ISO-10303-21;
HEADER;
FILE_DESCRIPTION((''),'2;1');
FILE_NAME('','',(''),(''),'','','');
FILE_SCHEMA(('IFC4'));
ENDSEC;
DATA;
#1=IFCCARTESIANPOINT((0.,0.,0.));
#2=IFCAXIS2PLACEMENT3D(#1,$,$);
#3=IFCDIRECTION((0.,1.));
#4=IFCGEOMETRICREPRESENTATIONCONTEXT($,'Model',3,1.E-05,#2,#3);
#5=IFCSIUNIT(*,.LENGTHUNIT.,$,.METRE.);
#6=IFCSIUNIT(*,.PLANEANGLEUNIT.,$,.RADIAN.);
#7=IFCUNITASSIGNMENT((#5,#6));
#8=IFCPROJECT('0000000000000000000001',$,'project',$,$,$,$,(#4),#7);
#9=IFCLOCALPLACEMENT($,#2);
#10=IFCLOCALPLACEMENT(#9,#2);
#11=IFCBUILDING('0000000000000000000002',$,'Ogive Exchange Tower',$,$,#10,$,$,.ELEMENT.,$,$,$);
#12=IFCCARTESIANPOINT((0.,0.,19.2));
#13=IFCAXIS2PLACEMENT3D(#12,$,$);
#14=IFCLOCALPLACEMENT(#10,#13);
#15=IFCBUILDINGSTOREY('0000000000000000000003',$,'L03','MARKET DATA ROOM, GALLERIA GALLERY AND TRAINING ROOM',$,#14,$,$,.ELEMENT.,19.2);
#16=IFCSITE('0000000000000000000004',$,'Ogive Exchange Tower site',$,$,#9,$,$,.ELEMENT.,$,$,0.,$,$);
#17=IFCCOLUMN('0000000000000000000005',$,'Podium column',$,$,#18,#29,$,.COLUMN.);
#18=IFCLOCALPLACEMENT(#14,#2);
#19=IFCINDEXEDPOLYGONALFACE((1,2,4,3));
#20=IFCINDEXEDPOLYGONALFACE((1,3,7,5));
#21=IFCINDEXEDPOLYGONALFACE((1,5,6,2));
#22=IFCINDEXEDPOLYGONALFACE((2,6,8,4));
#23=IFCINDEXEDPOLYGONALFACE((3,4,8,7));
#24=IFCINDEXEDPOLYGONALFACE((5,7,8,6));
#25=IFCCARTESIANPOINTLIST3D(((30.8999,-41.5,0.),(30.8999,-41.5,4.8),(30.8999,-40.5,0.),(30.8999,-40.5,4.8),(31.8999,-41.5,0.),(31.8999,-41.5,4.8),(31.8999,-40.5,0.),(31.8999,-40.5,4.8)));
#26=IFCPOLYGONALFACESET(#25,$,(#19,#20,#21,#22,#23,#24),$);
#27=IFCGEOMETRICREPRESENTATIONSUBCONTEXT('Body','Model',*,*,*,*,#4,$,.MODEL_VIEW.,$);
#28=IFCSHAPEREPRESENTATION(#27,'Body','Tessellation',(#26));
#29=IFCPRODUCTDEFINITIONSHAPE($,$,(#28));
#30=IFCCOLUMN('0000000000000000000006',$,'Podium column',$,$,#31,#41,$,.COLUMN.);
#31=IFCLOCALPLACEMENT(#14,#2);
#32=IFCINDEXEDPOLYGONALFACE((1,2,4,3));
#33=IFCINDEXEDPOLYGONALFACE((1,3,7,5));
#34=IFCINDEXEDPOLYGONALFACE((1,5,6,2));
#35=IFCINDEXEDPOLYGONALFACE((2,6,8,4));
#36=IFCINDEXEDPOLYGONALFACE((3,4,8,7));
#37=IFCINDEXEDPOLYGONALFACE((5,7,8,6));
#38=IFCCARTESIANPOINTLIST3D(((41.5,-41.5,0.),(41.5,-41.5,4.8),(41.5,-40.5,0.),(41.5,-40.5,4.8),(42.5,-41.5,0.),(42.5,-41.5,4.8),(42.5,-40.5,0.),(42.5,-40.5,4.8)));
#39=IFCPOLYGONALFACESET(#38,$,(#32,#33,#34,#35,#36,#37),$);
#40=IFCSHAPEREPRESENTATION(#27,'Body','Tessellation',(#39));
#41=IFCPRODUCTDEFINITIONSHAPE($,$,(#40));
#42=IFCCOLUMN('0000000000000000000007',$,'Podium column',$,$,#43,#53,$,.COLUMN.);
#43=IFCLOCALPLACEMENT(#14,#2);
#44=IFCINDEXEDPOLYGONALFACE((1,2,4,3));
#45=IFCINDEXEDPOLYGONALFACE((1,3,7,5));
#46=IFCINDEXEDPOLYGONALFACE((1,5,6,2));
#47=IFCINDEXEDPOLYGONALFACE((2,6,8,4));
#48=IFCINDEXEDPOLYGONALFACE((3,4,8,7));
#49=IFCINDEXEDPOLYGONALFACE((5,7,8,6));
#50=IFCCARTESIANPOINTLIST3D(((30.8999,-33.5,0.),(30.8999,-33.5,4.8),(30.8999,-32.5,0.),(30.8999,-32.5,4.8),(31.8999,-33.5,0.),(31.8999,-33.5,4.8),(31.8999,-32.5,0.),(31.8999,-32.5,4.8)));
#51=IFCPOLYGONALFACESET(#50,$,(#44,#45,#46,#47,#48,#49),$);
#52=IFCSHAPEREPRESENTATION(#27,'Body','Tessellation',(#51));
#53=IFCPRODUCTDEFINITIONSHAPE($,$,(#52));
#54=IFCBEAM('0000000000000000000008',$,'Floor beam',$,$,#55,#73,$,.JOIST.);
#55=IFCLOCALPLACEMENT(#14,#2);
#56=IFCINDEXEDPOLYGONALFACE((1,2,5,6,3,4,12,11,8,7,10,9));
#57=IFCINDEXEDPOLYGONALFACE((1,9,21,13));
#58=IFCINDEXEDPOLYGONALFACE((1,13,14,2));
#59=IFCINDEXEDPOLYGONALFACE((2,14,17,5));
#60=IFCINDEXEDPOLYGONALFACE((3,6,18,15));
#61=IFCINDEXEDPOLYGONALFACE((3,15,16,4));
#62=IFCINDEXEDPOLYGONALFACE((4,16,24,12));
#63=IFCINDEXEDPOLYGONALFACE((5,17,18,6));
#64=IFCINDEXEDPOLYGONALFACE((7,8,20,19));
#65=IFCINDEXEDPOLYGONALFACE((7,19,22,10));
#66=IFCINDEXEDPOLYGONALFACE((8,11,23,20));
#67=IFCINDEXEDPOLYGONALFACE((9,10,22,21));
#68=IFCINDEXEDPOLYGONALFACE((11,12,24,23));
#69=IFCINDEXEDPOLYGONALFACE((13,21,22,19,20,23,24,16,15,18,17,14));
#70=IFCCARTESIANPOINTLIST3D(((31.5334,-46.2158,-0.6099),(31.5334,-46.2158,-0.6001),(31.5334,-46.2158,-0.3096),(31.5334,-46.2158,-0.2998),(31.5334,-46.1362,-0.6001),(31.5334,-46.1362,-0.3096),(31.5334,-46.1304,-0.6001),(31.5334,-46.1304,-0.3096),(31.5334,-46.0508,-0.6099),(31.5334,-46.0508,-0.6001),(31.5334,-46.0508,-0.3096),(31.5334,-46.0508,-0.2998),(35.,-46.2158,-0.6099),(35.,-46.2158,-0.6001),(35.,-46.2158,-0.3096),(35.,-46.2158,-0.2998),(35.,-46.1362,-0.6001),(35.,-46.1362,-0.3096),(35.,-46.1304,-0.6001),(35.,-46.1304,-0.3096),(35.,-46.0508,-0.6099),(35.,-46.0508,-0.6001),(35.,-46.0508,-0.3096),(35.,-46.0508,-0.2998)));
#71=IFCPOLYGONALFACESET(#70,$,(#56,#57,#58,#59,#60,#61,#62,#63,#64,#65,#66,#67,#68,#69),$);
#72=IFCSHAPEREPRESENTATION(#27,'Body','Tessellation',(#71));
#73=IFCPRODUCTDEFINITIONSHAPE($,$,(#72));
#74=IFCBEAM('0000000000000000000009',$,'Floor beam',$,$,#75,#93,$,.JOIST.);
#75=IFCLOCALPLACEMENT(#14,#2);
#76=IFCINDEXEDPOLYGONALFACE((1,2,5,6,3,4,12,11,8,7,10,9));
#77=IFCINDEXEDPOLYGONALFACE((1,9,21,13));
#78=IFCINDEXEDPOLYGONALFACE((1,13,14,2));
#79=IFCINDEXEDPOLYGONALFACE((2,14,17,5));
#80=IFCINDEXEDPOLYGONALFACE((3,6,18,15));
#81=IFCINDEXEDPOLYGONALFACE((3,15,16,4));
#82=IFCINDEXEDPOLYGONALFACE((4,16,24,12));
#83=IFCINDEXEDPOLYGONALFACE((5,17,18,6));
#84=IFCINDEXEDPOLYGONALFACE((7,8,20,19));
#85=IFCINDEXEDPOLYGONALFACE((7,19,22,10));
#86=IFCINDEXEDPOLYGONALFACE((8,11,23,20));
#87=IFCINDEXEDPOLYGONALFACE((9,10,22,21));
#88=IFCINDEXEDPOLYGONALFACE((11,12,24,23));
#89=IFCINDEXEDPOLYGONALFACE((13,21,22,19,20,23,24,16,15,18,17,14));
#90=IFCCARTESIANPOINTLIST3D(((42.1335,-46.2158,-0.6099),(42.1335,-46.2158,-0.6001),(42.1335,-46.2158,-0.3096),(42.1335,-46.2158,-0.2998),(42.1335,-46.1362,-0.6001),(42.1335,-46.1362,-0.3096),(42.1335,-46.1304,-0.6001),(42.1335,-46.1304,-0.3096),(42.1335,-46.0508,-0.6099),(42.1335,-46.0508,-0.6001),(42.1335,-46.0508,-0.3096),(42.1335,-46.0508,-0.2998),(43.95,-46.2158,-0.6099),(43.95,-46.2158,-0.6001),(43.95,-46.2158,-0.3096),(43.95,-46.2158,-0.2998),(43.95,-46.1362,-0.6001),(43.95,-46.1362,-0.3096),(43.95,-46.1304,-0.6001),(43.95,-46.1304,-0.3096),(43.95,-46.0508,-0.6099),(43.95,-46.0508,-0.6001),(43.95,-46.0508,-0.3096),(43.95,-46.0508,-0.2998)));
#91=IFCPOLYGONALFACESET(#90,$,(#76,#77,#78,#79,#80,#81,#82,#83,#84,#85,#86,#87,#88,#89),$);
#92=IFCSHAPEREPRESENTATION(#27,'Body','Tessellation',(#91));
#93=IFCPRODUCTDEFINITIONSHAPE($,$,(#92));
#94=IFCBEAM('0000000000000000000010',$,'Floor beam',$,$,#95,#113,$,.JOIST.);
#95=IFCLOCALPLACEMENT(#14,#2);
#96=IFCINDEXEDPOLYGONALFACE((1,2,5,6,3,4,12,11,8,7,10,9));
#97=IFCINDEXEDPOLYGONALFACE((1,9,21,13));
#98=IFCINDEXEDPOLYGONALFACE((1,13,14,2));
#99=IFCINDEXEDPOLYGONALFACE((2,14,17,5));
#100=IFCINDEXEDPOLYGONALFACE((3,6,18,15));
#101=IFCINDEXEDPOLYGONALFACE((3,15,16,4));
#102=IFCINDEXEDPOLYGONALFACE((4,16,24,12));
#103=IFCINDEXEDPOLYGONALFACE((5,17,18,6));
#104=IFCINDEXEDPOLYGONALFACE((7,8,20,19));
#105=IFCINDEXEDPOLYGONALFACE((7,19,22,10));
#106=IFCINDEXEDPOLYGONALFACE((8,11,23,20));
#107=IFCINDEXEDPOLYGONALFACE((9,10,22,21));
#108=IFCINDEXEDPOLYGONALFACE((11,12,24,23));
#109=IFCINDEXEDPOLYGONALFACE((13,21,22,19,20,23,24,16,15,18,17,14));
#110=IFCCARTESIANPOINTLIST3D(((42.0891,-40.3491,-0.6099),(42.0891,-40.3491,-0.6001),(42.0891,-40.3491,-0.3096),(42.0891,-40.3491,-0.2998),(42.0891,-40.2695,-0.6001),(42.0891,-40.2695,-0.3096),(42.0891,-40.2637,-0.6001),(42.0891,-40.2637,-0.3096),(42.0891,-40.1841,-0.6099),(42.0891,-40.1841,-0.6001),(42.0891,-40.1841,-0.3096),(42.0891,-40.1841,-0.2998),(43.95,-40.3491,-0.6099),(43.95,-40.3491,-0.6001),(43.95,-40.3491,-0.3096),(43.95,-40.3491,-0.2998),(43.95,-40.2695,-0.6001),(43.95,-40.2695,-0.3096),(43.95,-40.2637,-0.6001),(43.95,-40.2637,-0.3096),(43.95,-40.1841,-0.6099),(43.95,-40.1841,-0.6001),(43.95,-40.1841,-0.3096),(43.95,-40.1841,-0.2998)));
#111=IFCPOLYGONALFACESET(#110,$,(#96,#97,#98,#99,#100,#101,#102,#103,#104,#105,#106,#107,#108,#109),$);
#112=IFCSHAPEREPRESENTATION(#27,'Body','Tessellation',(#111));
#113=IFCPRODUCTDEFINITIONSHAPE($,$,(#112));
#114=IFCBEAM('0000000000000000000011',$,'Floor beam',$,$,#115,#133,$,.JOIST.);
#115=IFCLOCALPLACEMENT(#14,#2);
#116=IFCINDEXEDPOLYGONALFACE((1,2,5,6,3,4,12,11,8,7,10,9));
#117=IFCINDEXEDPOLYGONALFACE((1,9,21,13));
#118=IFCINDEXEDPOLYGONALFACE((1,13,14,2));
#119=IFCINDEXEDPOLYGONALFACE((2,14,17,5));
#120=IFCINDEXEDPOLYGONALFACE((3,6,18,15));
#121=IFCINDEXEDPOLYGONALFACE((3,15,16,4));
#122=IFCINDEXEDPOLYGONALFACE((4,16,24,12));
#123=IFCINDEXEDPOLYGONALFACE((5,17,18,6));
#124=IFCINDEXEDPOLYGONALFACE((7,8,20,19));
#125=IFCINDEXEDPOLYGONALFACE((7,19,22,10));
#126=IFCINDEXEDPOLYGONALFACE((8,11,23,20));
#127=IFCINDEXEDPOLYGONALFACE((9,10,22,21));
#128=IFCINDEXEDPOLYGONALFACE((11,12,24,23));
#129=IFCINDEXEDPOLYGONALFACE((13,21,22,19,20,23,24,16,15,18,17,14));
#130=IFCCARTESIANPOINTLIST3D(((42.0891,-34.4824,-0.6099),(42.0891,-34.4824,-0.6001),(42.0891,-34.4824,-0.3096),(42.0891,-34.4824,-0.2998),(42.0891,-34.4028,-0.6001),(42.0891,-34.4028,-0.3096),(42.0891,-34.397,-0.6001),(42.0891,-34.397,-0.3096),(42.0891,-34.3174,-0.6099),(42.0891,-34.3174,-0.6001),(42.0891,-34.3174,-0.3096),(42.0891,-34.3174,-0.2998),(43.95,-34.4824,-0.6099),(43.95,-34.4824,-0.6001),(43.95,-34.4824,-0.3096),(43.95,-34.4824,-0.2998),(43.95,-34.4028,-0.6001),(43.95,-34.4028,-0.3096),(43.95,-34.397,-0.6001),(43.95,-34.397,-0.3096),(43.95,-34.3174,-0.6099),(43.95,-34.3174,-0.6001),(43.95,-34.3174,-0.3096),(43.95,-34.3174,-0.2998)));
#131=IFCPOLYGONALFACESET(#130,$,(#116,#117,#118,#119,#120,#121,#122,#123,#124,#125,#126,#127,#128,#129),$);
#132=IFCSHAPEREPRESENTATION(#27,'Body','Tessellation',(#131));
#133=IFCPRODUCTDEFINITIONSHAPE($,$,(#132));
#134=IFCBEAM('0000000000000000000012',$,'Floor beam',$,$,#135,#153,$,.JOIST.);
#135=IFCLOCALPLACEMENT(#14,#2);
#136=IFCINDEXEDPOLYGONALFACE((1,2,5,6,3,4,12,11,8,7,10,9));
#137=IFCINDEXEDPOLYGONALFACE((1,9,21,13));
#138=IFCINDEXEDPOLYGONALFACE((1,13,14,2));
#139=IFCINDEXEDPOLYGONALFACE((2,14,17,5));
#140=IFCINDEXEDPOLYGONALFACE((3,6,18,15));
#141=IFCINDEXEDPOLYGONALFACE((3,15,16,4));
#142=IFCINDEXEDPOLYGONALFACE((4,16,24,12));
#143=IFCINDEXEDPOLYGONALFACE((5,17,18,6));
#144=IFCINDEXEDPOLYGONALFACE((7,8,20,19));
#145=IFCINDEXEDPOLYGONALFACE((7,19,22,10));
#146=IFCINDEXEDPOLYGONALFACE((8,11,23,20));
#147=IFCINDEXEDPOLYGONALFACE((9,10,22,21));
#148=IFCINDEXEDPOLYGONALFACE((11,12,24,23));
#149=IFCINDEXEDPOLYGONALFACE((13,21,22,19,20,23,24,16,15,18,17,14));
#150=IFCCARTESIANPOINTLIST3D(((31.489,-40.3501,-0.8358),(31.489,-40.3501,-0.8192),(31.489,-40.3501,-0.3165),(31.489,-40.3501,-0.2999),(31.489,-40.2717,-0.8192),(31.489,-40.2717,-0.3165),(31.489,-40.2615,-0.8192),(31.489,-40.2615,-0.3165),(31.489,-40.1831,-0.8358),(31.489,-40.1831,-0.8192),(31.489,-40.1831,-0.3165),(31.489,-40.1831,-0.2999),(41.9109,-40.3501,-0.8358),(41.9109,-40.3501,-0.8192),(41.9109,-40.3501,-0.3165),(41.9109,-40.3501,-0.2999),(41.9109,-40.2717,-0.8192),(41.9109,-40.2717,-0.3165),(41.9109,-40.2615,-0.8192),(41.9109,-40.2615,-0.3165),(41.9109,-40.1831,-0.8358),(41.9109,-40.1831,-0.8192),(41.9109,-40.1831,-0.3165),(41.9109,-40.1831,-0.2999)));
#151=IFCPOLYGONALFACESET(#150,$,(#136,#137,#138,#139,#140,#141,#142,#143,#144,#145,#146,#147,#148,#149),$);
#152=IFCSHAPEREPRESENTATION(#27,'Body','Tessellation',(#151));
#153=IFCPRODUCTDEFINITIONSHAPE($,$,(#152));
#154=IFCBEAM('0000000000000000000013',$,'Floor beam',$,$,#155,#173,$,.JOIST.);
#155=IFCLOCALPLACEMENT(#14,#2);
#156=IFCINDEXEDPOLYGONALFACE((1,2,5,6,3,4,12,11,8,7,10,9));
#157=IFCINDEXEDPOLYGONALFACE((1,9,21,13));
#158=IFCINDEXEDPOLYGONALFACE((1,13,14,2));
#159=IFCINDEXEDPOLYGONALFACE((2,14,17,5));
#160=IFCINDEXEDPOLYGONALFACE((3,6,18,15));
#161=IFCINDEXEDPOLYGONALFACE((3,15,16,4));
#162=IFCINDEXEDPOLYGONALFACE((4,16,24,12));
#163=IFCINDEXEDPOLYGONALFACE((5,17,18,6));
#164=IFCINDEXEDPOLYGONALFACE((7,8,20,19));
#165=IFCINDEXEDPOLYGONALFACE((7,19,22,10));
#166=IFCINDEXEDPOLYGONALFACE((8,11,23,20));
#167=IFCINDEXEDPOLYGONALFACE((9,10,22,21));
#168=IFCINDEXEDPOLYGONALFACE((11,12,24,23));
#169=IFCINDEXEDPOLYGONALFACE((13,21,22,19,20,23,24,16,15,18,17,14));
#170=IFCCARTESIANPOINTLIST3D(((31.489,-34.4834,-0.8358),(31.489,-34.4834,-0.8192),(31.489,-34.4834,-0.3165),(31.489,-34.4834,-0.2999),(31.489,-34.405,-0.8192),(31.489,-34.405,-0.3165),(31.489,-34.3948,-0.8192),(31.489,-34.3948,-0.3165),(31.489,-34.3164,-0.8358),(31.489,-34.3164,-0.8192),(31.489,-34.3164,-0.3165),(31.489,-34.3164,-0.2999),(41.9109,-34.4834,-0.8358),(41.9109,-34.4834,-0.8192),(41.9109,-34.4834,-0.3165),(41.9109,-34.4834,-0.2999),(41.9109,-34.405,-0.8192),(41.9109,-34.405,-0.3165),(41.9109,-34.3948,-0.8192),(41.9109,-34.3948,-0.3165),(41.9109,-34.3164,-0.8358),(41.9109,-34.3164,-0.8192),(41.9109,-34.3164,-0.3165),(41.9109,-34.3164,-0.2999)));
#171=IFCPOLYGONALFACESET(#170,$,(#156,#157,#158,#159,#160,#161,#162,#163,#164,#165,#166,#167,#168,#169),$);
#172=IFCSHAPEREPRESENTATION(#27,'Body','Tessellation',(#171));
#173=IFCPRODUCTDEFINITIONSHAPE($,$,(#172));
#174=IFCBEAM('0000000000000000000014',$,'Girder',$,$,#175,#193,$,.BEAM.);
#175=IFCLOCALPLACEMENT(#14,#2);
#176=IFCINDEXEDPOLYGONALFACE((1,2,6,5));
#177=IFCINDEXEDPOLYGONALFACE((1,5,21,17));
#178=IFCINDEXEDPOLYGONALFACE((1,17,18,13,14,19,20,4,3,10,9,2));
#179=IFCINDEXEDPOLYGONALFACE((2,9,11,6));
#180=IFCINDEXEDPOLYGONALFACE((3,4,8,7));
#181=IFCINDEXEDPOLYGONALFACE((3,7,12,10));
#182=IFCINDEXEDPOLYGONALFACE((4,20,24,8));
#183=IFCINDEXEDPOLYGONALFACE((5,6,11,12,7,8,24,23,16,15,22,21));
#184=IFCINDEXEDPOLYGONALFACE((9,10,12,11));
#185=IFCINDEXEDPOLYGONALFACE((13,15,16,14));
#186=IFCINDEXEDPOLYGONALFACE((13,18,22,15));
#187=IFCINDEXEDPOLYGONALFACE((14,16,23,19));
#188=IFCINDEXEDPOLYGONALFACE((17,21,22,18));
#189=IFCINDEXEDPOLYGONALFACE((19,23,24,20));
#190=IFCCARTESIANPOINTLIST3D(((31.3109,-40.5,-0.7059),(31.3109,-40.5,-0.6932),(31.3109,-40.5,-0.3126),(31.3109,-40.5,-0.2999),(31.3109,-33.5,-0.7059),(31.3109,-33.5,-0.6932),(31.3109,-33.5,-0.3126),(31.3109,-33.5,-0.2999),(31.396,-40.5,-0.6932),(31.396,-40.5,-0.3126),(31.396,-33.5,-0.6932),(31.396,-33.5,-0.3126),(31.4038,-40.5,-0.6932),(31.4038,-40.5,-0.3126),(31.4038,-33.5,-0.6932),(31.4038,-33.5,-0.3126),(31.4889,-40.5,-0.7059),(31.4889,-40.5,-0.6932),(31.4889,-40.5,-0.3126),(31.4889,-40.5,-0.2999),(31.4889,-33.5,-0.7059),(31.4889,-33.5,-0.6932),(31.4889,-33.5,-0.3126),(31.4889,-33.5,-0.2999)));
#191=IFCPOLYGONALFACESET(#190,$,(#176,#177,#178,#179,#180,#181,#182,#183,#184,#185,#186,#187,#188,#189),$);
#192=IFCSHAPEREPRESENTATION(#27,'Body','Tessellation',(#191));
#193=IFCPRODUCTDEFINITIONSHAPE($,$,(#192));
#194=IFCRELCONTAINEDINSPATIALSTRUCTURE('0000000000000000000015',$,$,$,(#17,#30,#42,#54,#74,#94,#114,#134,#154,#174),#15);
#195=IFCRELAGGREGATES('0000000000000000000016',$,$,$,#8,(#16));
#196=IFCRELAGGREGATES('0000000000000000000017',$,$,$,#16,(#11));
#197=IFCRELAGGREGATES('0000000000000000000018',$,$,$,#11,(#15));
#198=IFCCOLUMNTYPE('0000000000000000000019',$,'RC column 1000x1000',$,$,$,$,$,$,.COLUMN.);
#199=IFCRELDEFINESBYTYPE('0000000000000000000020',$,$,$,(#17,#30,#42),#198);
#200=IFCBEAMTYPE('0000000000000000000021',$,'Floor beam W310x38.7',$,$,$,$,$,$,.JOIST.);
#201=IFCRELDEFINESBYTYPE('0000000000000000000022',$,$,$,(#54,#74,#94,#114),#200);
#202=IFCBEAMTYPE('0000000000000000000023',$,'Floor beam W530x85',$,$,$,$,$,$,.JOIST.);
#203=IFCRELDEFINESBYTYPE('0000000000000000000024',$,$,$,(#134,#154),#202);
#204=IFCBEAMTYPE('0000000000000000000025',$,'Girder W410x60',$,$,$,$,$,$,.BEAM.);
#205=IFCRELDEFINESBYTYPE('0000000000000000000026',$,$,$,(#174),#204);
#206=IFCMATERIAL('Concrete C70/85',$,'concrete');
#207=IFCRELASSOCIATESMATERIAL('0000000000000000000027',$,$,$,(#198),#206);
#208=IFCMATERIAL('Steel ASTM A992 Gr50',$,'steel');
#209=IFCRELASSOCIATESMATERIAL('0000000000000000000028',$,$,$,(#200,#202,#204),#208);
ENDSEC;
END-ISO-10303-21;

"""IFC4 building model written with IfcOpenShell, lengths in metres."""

from ifc_helpers import new_model, si_unit, direction, frame, origin, origin_2d, place, context, subcontext, project, spatial, rectangle, i_section, extrude, material, material_profile, profile_set, type_object, element, save


model = new_model("IFC4")

# Units and contexts
model_context = context("Model", 3, precision=1e-05, world=origin(), true_north=direction((0.0, 1.0)))
body_context = subcontext(model_context, "Body", "Model", "MODEL_VIEW")
ifc_project = project(units=[si_unit("LENGTHUNIT", "METRE"), si_unit("PLANEANGLEUNIT", "RADIAN")], contexts=[model_context])

# Site, building, storey
site_placement = place(None, origin())
site = spatial("IfcSite", under=ifc_project, at=site_placement, Name="Ogive Exchange Tower site", CompositionType="ELEMENT", RefElevation=0.0)
building_placement = place(site_placement, origin())
building = spatial("IfcBuilding", under=site, at=building_placement, Name="Ogive Exchange Tower", CompositionType="ELEMENT")
storey_placement = place(building_placement, frame((0.0, 0.0, 19.2)))
storey = spatial("IfcBuildingStorey", under=building, at=storey_placement, Name="L03", Description="MARKET DATA ROOM, GALLERIA GALLERY AND TRAINING ROOM", CompositionType="ELEMENT", Elevation=19.2)

# Columns
ifc_material_1 = material(Name="Concrete C70/85", Category="concrete")
ifc_material_profile_1 = material_profile(ifc_material_1, rectangle(XDim=1.0, YDim=1.0, at=origin_2d()), Name="RC 1000x1000")
ifc_profile_set_1 = profile_set([ifc_material_profile_1], Name="Concrete C70/85")
column_type = type_object("IfcColumnType", Name="RC column 1000x1000", PredefinedType="COLUMN", material=ifc_profile_set_1)
for number, where, z_axis, x_axis, name in (
    (1, (31.3999, -41.0, 0.0), (0.0, 0.0, 1.0), (1.0, 0.0, 0.0), "Podium column"),
    (2, (42.0, -41.0, 0.0), (0.0, 0.0, 1.0), (1.0, 0.0, 0.0), "Podium column"),
    (3, (31.3999, -33.0, 0.0), (0.0, 0.0, 1.0), (1.0, 0.0, 0.0), "Podium column"),
):
    element("IfcColumn", number, at=place(storey_placement, frame(where, z_axis=z_axis, x_axis=x_axis)), inside=storey, type_object=column_type, Name=name, PredefinedType="COLUMN", context=body_context, shape_type="SweptSolid", body=[
        extrude(rectangle(XDim=1.0, YDim=1.0, at=origin_2d()), origin(), (0.0, 0.0, 1.0), 4.8),
    ])

# Beams
ifc_material_2 = material(Name="Steel ASTM A992 Gr50", Category="steel")
ifc_material_profile_2 = material_profile(ifc_material_2, i_section(OverallWidth=0.165, OverallDepth=0.3101, WebThickness=0.0059, FlangeThickness=0.0098, at=origin_2d()), Name="W310x38.7")
ifc_profile_set_2 = profile_set([ifc_material_profile_2], Name="Steel ASTM A992 Gr50")
beam_type_1 = type_object("IfcBeamType", Name="Floor beam W310x38.7", PredefinedType="JOIST", material=ifc_profile_set_2)
beam_1_placement = place(storey_placement, frame((31.5334, -46.1333, -0.4548), z_axis=(1.0, 0.0, 0.0), x_axis=(0.0, 1.0, 0.0)))
element("IfcBeam", 4, at=beam_1_placement, inside=storey, type_object=beam_type_1, Name="Floor beam", PredefinedType="JOIST", context=body_context, shape_type="SweptSolid", body=[
    extrude(i_section(OverallWidth=0.165, OverallDepth=0.3101, WebThickness=0.0059, FlangeThickness=0.0098, at=origin_2d()), origin(), (0.0, 0.0, 1.0), 3.4666),
])
beam_2_placement = place(storey_placement, frame((42.1335, -46.1333, -0.4548), z_axis=(1.0, 0.0, 0.0), x_axis=(0.0, 1.0, 0.0)))
element("IfcBeam", 5, at=beam_2_placement, inside=storey, type_object=beam_type_1, Name="Floor beam", PredefinedType="JOIST", context=body_context, shape_type="SweptSolid", body=[
    extrude(i_section(OverallWidth=0.165, OverallDepth=0.3101, WebThickness=0.0059, FlangeThickness=0.0098, at=origin_2d()), origin(), (0.0, 0.0, 1.0), 1.8164),
])
for number, where, z_axis, x_axis, name in (
    (6, (42.0891, -40.2666, -0.4548), (1.0, 0.0, 0.0), (0.0, 1.0, 0.0), "Floor beam"),
    (7, (42.0891, -34.3999, -0.4548), (1.0, 0.0, 0.0), (0.0, 1.0, 0.0), "Floor beam"),
):
    element("IfcBeam", number, at=place(storey_placement, frame(where, z_axis=z_axis, x_axis=x_axis)), inside=storey, type_object=beam_type_1, Name=name, PredefinedType="JOIST", context=body_context, shape_type="SweptSolid", body=[
        extrude(i_section(OverallWidth=0.165, OverallDepth=0.3101, WebThickness=0.0059, FlangeThickness=0.0098, at=origin_2d()), origin(), (0.0, 0.0, 1.0), 1.8608),
    ])
ifc_material_profile_3 = material_profile(ifc_material_2, i_section(OverallWidth=0.167, OverallDepth=0.5359, WebThickness=0.0103, FlangeThickness=0.0166, at=origin_2d()), Name="W530x85")
ifc_profile_set_3 = profile_set([ifc_material_profile_3], Name="Steel ASTM A992 Gr50")
beam_type_2 = type_object("IfcBeamType", Name="Floor beam W530x85", PredefinedType="JOIST", material=ifc_profile_set_3)
for number, where, z_axis, x_axis, name in (
    (8, (31.489, -40.2666, -0.5679), (1.0, 0.0, 0.0), (0.0, 1.0, 0.0), "Floor beam"),
    (9, (31.489, -34.3999, -0.5679), (1.0, 0.0, 0.0), (0.0, 1.0, 0.0), "Floor beam"),
):
    element("IfcBeam", number, at=place(storey_placement, frame(where, z_axis=z_axis, x_axis=x_axis)), inside=storey, type_object=beam_type_2, Name=name, PredefinedType="JOIST", context=body_context, shape_type="SweptSolid", body=[
        extrude(i_section(OverallWidth=0.167, OverallDepth=0.5359, WebThickness=0.0103, FlangeThickness=0.0166, at=origin_2d()), origin(), (0.0, 0.0, 1.0), 10.4219),
    ])
ifc_material_profile_4 = material_profile(ifc_material_2, i_section(OverallWidth=0.178, OverallDepth=0.406, WebThickness=0.0078, FlangeThickness=0.0127, at=origin_2d()), Name="W410x60")
ifc_profile_set_4 = profile_set([ifc_material_profile_4], Name="Steel ASTM A992 Gr50")
beam_type_3 = type_object("IfcBeamType", Name="Girder W410x60", PredefinedType="BEAM", material=ifc_profile_set_4)
for number, where, z_axis, x_axis, name in (
    (10, (31.3999, -40.5, -0.5029), (0.0, 1.0, 0.0), (-1.0, 0.0, 0.0), "Girder"),
):
    element("IfcBeam", number, at=place(storey_placement, frame(where, z_axis=z_axis, x_axis=x_axis)), inside=storey, type_object=beam_type_3, Name=name, PredefinedType="BEAM", context=body_context, shape_type="SweptSolid", body=[
        extrude(i_section(OverallWidth=0.178, OverallDepth=0.406, WebThickness=0.0078, FlangeThickness=0.0127, at=origin_2d()), origin(), (0.0, 0.0, 1.0), 7.0),
    ])

save(model, "model.ifc")
